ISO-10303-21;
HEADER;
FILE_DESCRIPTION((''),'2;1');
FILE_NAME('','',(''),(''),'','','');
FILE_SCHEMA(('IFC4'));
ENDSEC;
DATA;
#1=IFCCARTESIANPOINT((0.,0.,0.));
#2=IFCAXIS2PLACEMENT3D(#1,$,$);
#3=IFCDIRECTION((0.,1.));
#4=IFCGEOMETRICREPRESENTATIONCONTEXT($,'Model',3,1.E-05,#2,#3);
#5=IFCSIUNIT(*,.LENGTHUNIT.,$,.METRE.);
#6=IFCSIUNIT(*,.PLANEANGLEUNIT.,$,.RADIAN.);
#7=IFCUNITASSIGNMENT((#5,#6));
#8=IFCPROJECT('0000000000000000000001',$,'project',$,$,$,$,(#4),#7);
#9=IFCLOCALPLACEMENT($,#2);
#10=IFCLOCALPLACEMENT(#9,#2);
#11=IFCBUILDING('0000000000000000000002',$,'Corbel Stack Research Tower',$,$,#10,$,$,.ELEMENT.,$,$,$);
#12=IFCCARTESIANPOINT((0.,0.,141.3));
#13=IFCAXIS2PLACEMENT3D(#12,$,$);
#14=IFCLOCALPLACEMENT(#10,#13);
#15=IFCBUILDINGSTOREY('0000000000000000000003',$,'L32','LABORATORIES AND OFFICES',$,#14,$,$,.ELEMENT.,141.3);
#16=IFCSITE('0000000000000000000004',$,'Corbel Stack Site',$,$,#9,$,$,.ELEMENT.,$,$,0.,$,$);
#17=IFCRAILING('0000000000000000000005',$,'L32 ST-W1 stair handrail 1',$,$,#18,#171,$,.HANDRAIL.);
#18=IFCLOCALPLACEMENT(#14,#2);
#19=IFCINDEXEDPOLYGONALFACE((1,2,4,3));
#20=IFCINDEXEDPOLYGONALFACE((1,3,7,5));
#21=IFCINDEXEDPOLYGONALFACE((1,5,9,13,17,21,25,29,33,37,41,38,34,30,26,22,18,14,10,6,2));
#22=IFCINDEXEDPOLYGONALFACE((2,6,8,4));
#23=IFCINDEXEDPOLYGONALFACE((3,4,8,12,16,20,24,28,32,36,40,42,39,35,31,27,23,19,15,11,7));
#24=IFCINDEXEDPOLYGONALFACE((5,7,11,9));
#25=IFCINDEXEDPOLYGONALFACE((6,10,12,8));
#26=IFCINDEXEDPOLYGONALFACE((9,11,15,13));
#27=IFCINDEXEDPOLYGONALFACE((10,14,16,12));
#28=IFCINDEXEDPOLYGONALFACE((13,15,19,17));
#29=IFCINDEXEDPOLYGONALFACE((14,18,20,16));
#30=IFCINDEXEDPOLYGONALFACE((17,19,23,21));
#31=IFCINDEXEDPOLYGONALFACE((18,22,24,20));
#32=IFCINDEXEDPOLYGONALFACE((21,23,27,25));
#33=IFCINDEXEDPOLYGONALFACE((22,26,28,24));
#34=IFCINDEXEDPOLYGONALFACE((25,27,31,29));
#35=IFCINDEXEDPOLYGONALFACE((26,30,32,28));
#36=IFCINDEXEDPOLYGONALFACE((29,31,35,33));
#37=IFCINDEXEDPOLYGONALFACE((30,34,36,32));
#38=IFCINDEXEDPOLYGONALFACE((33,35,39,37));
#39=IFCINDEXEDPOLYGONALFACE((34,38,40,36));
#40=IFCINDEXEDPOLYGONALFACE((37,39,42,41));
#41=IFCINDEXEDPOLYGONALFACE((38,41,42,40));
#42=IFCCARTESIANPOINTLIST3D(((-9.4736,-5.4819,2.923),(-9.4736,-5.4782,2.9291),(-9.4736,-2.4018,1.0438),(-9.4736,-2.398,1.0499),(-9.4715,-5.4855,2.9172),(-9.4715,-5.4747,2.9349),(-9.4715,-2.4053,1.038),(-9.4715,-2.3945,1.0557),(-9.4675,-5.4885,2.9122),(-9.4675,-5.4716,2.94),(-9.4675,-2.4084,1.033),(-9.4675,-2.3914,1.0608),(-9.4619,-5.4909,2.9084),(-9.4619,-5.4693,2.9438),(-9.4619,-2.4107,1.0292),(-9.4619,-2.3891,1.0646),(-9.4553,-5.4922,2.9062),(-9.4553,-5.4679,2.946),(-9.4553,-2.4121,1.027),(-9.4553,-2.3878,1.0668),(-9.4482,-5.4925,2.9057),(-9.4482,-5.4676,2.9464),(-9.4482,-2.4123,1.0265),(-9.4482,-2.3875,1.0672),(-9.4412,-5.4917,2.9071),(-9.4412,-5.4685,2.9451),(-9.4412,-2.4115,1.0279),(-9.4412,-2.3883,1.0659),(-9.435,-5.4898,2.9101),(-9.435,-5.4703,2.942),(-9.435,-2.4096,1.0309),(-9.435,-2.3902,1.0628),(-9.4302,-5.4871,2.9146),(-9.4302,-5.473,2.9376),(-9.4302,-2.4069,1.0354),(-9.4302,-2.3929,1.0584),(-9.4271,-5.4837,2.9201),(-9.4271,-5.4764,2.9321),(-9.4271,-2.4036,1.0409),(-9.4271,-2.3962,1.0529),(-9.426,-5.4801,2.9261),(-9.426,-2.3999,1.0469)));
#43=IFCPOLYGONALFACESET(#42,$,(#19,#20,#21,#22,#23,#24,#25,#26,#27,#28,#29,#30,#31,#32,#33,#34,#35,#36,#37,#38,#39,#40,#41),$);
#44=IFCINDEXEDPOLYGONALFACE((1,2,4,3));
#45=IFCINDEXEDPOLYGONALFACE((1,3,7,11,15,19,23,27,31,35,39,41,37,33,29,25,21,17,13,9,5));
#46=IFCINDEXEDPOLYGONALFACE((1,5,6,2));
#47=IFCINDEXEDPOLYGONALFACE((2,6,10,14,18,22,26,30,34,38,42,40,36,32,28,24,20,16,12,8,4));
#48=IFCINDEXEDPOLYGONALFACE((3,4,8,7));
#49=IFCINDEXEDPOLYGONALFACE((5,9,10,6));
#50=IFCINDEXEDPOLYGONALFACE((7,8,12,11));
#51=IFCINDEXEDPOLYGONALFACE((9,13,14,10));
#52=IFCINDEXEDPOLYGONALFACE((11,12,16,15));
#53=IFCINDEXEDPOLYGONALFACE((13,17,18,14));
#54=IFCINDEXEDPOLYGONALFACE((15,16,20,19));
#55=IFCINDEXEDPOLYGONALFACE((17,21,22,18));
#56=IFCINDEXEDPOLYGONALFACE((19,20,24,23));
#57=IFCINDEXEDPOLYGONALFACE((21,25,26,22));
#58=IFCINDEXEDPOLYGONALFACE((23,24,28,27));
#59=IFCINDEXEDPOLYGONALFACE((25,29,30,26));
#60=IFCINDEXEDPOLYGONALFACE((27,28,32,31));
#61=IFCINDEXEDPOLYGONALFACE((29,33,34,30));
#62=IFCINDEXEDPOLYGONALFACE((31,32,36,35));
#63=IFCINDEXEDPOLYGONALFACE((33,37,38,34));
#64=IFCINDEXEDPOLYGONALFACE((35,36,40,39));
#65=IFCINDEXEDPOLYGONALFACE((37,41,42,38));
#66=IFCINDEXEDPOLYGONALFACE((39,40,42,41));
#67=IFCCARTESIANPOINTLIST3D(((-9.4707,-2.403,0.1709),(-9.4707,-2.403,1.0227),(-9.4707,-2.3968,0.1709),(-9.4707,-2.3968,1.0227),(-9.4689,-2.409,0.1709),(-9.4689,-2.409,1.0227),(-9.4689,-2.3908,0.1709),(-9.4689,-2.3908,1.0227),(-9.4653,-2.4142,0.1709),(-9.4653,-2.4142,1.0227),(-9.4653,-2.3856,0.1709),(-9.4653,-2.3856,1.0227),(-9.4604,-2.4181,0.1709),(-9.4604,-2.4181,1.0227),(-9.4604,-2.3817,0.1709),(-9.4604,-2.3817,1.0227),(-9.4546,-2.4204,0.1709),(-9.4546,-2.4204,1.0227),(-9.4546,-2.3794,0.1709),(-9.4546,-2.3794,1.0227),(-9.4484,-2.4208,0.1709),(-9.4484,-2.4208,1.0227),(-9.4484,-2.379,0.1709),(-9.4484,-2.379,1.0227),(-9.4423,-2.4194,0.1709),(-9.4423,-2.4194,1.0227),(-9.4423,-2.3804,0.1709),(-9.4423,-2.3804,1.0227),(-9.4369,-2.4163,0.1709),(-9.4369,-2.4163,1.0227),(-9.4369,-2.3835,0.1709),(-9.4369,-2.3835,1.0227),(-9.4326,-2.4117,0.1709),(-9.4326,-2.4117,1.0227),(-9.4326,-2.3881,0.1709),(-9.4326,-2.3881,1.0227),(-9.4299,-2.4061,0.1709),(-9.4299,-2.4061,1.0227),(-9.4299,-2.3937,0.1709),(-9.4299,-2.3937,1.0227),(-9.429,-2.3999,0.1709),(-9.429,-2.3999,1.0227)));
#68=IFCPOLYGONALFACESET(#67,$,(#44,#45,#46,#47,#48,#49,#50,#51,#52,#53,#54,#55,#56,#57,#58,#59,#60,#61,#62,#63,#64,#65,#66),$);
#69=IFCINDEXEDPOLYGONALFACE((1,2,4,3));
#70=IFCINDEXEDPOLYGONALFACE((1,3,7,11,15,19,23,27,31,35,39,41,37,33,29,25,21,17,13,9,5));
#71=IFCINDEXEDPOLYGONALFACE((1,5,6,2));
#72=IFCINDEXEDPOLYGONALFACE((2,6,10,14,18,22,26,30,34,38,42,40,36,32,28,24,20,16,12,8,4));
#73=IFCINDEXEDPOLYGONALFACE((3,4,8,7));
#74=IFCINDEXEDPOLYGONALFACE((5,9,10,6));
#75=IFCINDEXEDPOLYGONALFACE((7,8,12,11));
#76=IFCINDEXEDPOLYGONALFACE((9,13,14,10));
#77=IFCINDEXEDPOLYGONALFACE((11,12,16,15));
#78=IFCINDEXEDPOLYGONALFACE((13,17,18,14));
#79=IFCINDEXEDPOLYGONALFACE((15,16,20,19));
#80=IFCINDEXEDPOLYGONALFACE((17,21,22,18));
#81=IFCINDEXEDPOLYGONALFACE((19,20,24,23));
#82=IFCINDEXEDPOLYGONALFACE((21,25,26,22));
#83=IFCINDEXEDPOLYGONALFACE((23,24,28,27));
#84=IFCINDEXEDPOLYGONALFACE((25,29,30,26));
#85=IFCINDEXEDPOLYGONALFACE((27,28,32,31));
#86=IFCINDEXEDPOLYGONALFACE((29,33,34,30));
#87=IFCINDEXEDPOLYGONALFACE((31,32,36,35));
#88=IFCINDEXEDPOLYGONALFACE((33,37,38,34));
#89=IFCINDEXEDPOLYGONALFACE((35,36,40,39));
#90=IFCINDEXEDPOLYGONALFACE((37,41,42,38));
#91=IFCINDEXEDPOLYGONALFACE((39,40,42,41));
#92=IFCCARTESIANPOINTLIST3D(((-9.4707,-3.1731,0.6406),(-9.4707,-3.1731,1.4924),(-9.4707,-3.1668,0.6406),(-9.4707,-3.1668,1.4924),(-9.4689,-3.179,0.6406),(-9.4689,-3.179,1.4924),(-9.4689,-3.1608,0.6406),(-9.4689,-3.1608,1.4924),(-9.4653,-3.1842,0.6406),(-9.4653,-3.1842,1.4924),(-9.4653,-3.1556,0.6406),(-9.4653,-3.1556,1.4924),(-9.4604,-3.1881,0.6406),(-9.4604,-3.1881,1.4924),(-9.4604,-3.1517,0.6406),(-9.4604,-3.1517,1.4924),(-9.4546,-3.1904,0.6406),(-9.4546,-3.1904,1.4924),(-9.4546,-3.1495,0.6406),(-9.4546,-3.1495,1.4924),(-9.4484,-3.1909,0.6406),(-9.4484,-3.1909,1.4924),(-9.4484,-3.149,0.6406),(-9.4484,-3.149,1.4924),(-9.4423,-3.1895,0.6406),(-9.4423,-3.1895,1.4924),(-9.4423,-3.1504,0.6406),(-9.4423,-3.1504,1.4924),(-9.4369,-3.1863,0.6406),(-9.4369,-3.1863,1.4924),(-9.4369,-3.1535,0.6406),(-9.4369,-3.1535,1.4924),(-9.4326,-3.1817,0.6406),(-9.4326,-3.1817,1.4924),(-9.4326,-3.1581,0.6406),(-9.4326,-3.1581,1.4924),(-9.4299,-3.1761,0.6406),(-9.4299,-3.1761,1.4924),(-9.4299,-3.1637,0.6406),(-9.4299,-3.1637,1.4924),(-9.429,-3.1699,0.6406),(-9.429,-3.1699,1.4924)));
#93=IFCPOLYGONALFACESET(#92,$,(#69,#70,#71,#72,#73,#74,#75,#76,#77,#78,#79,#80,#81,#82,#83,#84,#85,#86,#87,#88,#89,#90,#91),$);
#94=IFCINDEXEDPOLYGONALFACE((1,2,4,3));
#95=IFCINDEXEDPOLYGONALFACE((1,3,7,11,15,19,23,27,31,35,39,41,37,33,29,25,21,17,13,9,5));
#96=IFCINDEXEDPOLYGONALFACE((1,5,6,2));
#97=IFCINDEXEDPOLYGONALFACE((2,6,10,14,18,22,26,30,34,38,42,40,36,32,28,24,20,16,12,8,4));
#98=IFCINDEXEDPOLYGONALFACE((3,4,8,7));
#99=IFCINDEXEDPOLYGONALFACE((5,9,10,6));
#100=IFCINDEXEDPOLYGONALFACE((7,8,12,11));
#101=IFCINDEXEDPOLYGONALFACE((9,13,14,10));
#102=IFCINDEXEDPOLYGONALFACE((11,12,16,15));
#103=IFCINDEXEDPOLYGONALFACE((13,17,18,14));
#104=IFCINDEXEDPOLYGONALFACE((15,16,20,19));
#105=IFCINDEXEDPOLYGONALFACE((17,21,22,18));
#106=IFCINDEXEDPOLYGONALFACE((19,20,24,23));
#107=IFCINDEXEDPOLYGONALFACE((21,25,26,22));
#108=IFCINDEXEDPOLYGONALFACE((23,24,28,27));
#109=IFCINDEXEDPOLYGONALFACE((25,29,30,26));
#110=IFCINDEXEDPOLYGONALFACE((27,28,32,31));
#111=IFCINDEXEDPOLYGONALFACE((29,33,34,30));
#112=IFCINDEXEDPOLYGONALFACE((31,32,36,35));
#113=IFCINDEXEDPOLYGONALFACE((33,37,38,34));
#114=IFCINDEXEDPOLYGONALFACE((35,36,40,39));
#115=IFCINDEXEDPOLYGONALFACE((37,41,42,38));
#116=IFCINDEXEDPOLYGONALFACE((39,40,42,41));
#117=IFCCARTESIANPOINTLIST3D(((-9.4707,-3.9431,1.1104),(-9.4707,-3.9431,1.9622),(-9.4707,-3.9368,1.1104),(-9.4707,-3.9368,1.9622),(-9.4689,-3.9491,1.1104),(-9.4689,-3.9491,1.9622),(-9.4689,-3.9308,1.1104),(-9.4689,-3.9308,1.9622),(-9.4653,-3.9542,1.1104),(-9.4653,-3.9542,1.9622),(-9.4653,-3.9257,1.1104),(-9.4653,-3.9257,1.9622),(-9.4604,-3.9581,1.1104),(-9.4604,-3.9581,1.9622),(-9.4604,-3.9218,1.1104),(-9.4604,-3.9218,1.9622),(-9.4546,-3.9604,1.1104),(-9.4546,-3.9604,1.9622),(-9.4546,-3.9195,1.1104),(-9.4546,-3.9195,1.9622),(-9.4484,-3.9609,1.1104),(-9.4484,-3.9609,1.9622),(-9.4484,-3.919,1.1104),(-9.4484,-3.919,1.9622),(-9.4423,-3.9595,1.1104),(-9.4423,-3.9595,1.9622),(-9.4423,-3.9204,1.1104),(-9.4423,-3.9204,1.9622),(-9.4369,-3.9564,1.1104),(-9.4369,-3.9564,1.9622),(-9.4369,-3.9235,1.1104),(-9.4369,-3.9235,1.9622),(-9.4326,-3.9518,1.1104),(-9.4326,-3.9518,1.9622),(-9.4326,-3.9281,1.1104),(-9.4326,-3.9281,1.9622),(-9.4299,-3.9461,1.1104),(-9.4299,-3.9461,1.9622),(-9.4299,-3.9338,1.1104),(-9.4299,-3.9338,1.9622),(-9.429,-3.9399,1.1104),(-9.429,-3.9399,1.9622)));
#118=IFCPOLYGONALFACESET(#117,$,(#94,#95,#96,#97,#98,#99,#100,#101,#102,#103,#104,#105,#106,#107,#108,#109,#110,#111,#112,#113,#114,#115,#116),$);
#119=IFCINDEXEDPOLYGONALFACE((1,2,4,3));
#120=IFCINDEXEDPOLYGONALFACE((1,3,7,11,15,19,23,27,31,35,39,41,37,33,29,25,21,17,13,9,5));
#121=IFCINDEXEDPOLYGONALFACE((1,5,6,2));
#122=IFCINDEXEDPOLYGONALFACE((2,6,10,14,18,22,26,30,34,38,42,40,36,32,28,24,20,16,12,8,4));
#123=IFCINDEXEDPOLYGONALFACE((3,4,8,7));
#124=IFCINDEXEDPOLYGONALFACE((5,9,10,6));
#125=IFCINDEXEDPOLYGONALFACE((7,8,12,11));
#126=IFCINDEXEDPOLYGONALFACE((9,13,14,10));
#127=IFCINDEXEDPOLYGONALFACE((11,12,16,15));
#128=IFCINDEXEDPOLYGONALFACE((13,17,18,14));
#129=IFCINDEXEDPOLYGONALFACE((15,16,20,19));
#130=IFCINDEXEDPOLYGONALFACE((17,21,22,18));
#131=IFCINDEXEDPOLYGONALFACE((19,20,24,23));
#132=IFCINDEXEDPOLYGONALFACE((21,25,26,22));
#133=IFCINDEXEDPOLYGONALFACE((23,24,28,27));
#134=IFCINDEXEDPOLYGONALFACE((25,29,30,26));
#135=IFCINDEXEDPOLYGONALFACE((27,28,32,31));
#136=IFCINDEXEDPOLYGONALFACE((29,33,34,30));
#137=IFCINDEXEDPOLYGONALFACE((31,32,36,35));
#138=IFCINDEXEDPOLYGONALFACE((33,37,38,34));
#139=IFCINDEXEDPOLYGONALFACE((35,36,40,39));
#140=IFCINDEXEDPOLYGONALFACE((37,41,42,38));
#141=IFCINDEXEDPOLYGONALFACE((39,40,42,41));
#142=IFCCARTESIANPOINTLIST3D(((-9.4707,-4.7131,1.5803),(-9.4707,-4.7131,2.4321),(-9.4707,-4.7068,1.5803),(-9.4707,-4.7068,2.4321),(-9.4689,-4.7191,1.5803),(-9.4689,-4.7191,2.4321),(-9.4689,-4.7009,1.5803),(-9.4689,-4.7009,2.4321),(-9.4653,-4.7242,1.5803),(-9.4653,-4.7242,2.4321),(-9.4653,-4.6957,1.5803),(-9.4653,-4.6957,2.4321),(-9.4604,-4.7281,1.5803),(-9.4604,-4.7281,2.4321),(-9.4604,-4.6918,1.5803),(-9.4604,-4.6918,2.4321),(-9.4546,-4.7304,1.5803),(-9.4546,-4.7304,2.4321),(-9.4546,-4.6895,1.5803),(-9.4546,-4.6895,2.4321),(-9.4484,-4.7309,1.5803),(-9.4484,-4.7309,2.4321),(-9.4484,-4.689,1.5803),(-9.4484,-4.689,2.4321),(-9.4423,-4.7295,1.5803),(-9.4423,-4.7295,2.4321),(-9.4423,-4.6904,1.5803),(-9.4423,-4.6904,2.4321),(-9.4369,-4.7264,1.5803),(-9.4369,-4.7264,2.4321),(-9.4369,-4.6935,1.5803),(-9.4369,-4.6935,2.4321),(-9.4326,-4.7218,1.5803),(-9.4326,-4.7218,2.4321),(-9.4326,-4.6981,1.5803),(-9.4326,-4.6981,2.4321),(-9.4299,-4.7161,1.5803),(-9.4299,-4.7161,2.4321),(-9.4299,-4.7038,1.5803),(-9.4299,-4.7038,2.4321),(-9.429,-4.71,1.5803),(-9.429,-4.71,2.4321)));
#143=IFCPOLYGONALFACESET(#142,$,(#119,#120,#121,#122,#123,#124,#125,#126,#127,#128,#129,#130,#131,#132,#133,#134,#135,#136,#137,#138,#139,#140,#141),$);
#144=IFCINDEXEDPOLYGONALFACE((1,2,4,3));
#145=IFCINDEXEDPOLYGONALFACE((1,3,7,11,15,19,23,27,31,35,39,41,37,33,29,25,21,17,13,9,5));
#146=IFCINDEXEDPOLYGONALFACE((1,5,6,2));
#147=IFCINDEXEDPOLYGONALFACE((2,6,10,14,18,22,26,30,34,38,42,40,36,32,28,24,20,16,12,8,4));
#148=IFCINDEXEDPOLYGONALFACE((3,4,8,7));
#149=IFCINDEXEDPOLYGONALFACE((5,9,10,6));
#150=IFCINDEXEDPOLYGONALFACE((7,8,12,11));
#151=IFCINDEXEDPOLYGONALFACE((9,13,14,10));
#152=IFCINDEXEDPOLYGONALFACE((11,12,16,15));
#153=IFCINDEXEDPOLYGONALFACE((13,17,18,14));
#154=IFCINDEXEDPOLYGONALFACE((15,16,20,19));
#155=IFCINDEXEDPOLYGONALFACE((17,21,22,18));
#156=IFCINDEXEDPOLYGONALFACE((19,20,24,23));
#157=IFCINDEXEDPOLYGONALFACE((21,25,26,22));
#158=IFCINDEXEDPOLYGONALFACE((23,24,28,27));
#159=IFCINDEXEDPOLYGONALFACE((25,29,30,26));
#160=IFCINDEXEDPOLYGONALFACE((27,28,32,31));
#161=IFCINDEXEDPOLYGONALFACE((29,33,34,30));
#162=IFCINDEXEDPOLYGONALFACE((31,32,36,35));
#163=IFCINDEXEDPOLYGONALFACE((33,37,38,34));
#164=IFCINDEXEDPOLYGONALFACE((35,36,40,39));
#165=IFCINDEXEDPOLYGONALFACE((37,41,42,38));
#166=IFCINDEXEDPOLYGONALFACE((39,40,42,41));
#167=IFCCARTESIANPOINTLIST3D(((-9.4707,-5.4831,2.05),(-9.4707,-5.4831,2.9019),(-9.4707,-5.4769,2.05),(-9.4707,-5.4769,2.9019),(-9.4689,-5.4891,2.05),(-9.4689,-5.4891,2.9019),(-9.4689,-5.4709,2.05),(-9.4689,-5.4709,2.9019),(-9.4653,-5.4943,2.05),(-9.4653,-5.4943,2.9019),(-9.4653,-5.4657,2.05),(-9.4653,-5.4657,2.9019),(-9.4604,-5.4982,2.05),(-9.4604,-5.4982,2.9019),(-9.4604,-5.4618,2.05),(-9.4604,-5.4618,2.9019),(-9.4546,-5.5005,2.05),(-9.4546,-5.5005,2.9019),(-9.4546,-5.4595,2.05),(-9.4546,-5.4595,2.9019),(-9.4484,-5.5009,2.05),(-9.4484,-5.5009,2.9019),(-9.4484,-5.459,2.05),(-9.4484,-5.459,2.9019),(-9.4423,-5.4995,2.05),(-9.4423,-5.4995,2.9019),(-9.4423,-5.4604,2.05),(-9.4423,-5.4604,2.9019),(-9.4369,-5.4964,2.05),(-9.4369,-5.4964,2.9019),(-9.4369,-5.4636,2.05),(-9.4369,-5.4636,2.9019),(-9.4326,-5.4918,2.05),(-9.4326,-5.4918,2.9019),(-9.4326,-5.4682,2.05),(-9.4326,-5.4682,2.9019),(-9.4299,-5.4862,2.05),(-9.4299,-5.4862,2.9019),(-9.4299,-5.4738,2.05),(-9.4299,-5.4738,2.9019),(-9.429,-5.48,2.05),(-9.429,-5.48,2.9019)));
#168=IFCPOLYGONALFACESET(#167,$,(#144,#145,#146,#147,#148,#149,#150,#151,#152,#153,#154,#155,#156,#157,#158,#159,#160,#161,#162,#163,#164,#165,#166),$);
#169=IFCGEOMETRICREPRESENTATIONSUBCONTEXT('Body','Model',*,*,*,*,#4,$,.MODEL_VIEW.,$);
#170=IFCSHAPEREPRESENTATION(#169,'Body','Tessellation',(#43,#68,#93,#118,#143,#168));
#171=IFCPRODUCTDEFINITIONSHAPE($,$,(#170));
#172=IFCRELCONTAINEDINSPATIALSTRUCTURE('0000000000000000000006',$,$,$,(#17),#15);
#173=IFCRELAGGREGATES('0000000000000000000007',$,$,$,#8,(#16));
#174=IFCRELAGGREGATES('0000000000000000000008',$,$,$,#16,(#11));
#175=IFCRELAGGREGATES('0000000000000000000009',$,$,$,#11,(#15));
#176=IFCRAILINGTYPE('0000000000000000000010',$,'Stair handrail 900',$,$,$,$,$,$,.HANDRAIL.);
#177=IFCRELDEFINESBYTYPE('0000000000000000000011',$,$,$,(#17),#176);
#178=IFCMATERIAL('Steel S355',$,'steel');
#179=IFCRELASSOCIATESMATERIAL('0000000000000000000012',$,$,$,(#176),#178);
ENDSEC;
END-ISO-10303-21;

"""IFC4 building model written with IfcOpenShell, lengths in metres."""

from ifc_helpers import new_model, si_unit, direction, frame, origin, origin_2d, place, context, subcontext, project, spatial, circle, extrude, material, type_object, element, save


model = new_model("IFC4")

# Units and contexts
model_context = context("Model", 3, precision=1e-05, world=origin(), true_north=direction((0.0, 1.0)))
body_context = subcontext(model_context, "Body", "Model", "MODEL_VIEW")
ifc_project = project(units=[si_unit("LENGTHUNIT", "METRE"), si_unit("PLANEANGLEUNIT", "RADIAN")], contexts=[model_context])

# Site, building, storey
site_placement = place(None, origin())
site = spatial("IfcSite", under=ifc_project, at=site_placement, Name="Corbel Stack Site", CompositionType="ELEMENT", RefElevation=0.0)
building_placement = place(site_placement, origin())
building = spatial("IfcBuilding", under=site, at=building_placement, Name="Corbel Stack Research Tower", CompositionType="ELEMENT")
storey_placement = place(building_placement, frame((0.0, 0.0, 141.3)))
storey = spatial("IfcBuildingStorey", under=building, at=storey_placement, Name="L32", Description="LABORATORIES AND OFFICES", CompositionType="ELEMENT", Elevation=141.3)

# Railing
ifc_material_1 = material(Name="Steel S355", Category="steel")
railing_type_1 = type_object("IfcRailingType", Name="Stair handrail 900", PredefinedType="HANDRAIL", material=ifc_material_1)
railing_1_placement = place(storey_placement, frame((-9.45, -2.3999, 0.1709)))
element("IfcRailing", 1, at=railing_1_placement, inside=storey, type_object=railing_type_1, Name="L32 ST-W1 stair handrail 1", PredefinedType="HANDRAIL", context=body_context, shape_type="SweptSolid", body=[
    extrude(circle(Radius=0.0239, at=origin_2d()), frame((0.0, 0.0, 0.876), z_axis=(0.0, -0.853666, 0.52082), x_axis=(1.0, 0.0, 0.0)), (0.0, 0.0, 1.0), 3.6082),
    extrude(circle(Radius=0.021, at=origin_2d()), origin(), (0.0, 0.0, 1.0), 0.8518),
    extrude(circle(Radius=0.021, at=origin_2d()), frame((0.0, -0.77, 0.4697)), (0.0, 0.0, 1.0), 0.8518),
    extrude(circle(Radius=0.021, at=origin_2d()), frame((0.0, -1.54, 0.9395)), (0.0, 0.0, 1.0), 0.8518),
    extrude(circle(Radius=0.021, at=origin_2d()), frame((0.0, -2.3101, 1.4094)), (0.0, 0.0, 1.0), 0.8518),
    extrude(circle(Radius=0.021, at=origin_2d()), frame((0.0, -3.0801, 1.8792)), (0.0, 0.0, 1.0), 0.8518),
])

save(model, "model.ifc")
